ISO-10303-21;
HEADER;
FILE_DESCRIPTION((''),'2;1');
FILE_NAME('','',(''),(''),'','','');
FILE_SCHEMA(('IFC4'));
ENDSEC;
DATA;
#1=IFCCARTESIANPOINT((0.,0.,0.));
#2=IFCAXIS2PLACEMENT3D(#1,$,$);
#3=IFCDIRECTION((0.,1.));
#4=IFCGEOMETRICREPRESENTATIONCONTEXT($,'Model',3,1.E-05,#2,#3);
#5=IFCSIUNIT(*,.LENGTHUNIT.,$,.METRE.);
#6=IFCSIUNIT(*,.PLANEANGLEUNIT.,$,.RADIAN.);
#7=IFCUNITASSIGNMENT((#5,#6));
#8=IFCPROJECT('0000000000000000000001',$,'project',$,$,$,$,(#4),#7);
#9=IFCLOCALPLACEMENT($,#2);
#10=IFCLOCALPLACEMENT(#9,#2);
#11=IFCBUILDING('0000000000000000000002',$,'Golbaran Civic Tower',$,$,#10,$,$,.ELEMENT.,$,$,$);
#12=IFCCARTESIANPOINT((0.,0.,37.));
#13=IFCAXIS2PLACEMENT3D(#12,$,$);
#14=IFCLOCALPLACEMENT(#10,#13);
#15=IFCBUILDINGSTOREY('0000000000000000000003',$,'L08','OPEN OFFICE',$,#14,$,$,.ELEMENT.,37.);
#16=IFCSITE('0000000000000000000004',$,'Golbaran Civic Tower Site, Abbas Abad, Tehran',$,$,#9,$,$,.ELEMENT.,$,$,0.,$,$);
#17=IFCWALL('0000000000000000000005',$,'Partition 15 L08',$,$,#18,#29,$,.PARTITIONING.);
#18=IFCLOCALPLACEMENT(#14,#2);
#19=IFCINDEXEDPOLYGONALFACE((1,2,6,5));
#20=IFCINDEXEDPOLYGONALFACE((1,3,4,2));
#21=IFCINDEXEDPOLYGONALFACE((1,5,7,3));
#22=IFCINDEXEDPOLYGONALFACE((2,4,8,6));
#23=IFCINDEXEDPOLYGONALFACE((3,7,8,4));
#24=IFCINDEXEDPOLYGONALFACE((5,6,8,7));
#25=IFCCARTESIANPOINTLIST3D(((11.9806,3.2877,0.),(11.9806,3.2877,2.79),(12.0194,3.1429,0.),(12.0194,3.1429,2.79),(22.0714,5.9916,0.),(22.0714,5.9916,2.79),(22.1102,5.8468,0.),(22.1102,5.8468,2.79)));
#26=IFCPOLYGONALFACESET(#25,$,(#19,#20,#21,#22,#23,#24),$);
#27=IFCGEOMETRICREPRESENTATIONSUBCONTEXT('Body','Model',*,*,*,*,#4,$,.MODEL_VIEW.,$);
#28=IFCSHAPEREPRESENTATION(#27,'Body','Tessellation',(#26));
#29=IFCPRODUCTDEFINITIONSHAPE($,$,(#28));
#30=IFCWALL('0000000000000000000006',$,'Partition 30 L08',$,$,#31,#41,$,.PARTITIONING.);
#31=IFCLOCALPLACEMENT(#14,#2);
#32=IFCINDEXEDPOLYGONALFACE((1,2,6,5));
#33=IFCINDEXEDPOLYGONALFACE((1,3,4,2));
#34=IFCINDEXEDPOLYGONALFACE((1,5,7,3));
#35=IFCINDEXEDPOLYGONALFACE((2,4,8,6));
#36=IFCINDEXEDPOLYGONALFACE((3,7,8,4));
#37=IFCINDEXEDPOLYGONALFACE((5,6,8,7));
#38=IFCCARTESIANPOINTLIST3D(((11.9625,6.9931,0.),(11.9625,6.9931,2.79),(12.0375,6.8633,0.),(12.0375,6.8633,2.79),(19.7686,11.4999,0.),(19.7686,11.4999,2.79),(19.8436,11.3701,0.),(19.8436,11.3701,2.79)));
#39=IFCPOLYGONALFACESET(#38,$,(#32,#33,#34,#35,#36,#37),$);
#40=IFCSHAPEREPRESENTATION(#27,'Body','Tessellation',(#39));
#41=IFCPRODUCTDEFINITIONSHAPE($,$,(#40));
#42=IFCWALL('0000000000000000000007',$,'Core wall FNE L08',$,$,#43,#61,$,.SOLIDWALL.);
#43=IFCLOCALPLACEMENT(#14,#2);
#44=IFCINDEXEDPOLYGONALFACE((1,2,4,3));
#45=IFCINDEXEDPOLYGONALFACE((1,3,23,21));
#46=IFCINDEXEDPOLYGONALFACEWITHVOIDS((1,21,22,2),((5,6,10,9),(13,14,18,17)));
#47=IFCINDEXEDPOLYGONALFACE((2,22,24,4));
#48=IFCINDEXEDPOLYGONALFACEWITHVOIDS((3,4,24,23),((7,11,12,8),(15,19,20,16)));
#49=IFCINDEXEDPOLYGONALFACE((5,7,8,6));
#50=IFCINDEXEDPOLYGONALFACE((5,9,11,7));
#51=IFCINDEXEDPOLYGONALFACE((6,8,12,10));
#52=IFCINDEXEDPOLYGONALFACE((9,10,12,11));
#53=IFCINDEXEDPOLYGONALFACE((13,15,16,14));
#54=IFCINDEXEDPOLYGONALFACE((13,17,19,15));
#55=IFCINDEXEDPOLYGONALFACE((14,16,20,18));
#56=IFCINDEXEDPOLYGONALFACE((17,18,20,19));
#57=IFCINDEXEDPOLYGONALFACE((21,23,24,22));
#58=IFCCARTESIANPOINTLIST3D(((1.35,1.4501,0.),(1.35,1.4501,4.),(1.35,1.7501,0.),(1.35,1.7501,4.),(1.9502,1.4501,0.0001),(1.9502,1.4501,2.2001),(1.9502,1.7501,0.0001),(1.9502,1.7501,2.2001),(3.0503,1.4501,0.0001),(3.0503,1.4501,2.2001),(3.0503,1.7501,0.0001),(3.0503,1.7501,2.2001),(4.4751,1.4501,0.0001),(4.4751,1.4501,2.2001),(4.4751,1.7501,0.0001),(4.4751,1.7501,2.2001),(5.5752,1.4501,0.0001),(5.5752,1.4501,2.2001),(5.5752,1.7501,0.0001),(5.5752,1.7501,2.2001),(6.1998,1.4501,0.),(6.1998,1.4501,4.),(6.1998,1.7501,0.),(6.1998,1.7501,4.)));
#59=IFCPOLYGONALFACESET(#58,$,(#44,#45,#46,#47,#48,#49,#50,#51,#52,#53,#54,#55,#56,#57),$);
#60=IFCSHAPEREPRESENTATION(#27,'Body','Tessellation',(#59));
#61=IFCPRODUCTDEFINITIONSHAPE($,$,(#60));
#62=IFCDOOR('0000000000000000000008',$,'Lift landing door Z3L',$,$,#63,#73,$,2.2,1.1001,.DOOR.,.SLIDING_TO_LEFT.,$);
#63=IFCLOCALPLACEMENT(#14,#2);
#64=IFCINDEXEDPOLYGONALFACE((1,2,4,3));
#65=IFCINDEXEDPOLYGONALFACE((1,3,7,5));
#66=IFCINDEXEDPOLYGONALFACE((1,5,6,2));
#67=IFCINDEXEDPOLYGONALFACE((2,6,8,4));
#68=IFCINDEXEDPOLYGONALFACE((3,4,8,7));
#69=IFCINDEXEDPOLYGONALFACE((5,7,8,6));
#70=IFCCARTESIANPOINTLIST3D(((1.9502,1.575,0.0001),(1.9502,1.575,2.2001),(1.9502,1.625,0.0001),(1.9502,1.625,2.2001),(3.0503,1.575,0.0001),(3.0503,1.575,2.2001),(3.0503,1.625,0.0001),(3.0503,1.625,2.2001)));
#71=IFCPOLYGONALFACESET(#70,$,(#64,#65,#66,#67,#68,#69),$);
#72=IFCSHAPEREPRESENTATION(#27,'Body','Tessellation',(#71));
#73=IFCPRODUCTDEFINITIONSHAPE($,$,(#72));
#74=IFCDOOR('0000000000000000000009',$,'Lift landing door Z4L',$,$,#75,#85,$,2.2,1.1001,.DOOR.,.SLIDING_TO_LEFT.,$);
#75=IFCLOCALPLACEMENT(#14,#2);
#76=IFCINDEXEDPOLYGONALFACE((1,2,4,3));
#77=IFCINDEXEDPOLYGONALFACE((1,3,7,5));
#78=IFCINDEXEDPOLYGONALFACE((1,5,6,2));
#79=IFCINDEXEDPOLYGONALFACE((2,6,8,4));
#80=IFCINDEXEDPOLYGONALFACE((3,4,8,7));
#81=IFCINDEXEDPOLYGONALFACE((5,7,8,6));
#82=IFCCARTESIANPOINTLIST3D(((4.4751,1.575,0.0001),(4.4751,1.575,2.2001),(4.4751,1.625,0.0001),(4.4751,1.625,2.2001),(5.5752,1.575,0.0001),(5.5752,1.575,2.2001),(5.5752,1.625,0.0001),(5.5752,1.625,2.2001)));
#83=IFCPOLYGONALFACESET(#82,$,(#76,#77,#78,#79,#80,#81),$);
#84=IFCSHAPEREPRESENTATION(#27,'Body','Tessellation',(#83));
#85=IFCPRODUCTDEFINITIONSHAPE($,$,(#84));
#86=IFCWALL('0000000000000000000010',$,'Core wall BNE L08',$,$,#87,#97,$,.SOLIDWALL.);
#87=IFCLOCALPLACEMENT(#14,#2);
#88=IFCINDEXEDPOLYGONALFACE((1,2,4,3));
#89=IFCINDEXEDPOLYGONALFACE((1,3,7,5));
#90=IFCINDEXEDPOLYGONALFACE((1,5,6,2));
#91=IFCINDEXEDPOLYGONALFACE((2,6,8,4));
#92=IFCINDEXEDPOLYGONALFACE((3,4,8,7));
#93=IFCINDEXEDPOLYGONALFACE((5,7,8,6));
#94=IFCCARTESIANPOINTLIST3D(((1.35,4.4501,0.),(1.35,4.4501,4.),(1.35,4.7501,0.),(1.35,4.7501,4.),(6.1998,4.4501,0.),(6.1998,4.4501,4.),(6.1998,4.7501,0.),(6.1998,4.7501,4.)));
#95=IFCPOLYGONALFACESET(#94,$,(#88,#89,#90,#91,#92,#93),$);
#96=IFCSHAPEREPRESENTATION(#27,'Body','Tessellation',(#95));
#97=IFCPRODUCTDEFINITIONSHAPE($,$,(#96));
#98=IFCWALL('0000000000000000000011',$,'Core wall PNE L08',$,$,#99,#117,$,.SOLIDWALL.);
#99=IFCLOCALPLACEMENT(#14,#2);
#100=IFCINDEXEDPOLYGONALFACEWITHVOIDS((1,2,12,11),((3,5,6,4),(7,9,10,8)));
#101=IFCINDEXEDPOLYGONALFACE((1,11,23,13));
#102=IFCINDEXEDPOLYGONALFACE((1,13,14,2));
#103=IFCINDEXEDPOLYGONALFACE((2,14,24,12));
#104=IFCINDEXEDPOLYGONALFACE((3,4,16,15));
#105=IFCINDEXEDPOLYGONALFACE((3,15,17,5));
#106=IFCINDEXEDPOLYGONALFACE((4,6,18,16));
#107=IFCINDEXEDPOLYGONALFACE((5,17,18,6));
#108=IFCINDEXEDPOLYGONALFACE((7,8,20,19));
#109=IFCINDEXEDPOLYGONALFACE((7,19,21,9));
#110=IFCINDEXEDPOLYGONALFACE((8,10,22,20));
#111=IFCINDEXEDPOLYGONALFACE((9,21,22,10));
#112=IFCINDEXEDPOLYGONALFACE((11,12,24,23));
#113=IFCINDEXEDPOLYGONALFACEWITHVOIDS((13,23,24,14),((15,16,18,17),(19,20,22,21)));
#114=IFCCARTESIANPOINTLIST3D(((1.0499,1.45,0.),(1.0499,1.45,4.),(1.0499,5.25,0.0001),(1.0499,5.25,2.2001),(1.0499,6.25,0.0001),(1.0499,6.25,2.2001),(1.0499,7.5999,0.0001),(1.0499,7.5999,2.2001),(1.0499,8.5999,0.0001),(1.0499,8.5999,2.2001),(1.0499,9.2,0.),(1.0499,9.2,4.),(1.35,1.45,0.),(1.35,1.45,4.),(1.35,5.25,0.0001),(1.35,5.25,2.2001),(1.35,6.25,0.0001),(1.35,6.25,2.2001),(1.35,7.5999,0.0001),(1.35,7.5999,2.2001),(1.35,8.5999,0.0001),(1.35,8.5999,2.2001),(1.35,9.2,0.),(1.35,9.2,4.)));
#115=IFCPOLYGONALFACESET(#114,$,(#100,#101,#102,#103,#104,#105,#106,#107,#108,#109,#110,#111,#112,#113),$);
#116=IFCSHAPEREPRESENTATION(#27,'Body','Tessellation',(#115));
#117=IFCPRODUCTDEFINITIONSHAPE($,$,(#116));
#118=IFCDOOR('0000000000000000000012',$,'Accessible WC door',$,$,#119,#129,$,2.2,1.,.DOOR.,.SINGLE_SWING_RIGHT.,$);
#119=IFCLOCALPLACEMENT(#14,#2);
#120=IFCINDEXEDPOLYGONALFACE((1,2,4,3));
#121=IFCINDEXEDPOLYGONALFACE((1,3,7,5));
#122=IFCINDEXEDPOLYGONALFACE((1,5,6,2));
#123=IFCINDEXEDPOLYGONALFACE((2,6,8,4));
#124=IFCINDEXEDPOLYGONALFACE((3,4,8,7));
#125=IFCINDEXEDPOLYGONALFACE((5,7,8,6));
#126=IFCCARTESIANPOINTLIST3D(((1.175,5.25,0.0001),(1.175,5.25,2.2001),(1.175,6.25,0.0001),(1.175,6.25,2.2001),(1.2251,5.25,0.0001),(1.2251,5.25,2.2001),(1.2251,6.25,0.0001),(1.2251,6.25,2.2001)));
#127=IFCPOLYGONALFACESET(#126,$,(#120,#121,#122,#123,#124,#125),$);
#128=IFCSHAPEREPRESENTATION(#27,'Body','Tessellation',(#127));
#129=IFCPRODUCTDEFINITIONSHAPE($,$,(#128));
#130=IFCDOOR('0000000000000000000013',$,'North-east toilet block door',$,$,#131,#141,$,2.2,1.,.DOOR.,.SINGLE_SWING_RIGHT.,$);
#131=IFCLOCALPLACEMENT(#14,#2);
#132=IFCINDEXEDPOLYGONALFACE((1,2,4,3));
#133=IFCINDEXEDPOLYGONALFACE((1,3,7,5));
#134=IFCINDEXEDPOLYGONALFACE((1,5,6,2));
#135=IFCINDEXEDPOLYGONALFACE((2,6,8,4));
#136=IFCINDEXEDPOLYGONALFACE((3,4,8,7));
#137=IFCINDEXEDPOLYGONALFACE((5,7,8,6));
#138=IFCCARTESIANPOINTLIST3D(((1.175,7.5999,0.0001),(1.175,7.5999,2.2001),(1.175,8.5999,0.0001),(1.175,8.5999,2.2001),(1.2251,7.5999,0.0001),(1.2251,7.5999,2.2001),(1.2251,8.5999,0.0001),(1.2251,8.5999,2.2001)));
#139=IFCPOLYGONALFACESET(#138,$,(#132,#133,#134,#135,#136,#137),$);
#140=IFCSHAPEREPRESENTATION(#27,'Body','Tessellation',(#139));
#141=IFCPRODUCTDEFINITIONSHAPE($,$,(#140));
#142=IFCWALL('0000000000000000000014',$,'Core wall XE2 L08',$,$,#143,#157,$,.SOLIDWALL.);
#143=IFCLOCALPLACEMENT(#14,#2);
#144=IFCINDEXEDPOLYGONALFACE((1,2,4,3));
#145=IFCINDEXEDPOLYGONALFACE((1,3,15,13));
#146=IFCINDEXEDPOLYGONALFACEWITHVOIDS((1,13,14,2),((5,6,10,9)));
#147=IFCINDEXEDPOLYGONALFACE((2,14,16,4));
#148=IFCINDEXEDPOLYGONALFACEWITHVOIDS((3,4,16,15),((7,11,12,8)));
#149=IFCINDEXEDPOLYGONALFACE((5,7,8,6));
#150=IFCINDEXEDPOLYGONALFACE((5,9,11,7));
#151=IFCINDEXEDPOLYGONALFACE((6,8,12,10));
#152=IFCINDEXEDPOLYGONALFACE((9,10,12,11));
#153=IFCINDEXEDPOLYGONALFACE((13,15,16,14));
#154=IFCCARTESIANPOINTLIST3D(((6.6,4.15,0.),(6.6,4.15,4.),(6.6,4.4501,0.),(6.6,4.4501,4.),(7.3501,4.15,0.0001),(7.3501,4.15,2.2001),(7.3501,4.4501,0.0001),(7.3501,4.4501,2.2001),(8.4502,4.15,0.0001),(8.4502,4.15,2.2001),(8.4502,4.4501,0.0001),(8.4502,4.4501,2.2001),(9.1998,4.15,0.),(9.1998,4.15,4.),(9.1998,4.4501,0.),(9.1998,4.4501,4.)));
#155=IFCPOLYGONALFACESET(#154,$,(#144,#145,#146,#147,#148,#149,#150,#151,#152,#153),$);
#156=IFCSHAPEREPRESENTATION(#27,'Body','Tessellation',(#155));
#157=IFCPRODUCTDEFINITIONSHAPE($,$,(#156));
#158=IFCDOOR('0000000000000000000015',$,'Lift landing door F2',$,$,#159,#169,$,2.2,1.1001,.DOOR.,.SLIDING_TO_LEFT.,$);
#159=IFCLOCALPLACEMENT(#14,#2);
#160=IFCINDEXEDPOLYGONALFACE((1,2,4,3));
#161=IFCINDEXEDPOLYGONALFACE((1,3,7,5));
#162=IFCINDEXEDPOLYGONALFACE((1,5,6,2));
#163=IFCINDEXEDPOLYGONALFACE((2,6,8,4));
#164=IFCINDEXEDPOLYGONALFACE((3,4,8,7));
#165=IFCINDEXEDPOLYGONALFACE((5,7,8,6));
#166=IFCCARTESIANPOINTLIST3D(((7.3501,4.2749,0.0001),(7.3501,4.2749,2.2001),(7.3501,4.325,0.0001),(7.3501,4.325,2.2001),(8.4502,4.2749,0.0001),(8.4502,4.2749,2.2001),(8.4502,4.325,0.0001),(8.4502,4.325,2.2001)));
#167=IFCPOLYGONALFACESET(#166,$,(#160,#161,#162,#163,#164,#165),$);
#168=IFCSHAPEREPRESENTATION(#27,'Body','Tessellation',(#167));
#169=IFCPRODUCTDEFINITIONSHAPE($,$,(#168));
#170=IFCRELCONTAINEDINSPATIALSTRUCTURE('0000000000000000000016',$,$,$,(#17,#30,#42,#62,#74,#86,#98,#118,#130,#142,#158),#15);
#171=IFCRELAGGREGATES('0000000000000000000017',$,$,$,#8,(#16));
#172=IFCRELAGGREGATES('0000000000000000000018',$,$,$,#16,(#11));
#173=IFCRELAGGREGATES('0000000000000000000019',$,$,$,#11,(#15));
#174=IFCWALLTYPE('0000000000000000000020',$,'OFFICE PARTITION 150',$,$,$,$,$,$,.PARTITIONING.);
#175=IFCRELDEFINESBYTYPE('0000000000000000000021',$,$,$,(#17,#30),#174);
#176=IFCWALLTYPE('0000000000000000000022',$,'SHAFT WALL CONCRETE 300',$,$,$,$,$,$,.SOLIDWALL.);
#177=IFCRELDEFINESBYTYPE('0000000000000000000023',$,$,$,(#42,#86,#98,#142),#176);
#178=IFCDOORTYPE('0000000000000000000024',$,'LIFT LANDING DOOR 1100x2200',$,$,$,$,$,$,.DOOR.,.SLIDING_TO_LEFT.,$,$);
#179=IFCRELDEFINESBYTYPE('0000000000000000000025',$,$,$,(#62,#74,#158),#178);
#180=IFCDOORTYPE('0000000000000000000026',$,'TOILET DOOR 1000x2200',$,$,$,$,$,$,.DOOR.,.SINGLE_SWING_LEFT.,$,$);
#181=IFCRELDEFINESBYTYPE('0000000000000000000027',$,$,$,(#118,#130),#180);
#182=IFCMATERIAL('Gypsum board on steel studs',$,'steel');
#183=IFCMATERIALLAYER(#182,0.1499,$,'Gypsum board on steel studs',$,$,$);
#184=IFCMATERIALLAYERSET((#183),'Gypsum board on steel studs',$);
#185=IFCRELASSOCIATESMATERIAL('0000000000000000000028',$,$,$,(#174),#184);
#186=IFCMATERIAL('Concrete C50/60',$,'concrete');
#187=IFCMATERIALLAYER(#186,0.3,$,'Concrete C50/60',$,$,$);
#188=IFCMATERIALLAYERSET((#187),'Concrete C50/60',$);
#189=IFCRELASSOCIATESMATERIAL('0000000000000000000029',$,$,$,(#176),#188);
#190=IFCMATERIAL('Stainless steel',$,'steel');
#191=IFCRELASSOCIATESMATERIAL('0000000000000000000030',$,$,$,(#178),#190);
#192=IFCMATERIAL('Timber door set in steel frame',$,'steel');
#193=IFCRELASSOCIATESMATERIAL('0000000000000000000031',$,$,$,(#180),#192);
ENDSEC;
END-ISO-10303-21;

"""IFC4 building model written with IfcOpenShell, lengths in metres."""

from ifc_helpers import new_model, si_unit, direction, frame, frame_2d, origin, place, context, subcontext, project, spatial, rectangle, extrude, material, layer, layer_set, type_object, element, fill, save


model = new_model("IFC4")

# Units and contexts
model_context = context("Model", 3, precision=1e-05, world=origin(), true_north=direction((0.0, 1.0)))
body_context = subcontext(model_context, "Body", "Model", "MODEL_VIEW")
ifc_project = project(units=[si_unit("LENGTHUNIT", "METRE"), si_unit("PLANEANGLEUNIT", "RADIAN")], contexts=[model_context])

# Site, building, storey
site_placement = place(None, origin())
site = spatial("IfcSite", under=ifc_project, at=site_placement, Name="Golbaran Civic Tower Site, Abbas Abad, Tehran", CompositionType="ELEMENT", RefElevation=0.0)
building_placement = place(site_placement, origin())
building = spatial("IfcBuilding", under=site, at=building_placement, Name="Golbaran Civic Tower", CompositionType="ELEMENT")
storey_placement = place(building_placement, frame((0.0, 0.0, 37.0)))
storey = spatial("IfcBuildingStorey", under=building, at=storey_placement, Name="L08", Description="OPEN OFFICE", CompositionType="ELEMENT", Elevation=37.0)

# Shared definitions
ifc_material_1 = material(Name="Timber door set in steel frame", Category="steel")

# Walls
ifc_material_2 = material(Name="Gypsum board on steel studs", Category="steel")
ifc_layer_1 = layer(ifc_material_2, 0.1499, Name="Gypsum board on steel studs")
ifc_layer_set_1 = layer_set([ifc_layer_1], Name="Gypsum board on steel studs")
wall_type_1 = type_object("IfcWallType", Name="OFFICE PARTITION 150", PredefinedType="PARTITIONING", material=ifc_layer_set_1)
wall_1_placement = place(storey_placement, frame((12.0, 3.2153, 0.0), z_axis=(0.0, 0.0, 1.0), x_axis=(0.965925, 0.258822, 0.0)))
element("IfcWall", 1, at=wall_1_placement, inside=storey, type_object=wall_type_1, Name="Partition 15 L08", PredefinedType="PARTITIONING", context=body_context, shape_type="SweptSolid", body=[
    extrude(rectangle(XDim=10.4468, YDim=0.1499, at=frame_2d((5.2234, 0.0))), origin(), (0.0, 0.0, 1.0), 2.79),
])
wall_2_placement = place(storey_placement, frame((12.0, 6.9282, 0.0), z_axis=(0.0, 0.0, 1.0), x_axis=(0.866028, 0.499996, 0.0)))
element("IfcWall", 2, at=wall_2_placement, inside=storey, type_object=wall_type_1, Name="Partition 30 L08", PredefinedType="PARTITIONING", context=body_context, shape_type="SweptSolid", body=[
    extrude(rectangle(XDim=9.0137, YDim=0.1499, at=frame_2d((4.5068, 0.0))), origin(), (0.0, 0.0, 1.0), 2.79),
])

# Wall, openings, doors
ifc_material_3 = material(Name="Concrete C50/60", Category="concrete")
ifc_layer_2 = layer(ifc_material_3, 0.3, Name="Concrete C50/60")
ifc_layer_set_2 = layer_set([ifc_layer_2], Name="Concrete C50/60")
wall_type_2 = type_object("IfcWallType", Name="SHAFT WALL CONCRETE 300", PredefinedType="SOLIDWALL", material=ifc_layer_set_2)
wall_3_placement = place(storey_placement, frame((1.3501, 1.6001, 0.0), z_axis=(0.0, 0.0, 1.0), x_axis=(1.0, 0.0, 0.0)))
wall_3 = element("IfcWall", 3, at=wall_3_placement, inside=storey, type_object=wall_type_2, Name="Core wall FNE L08", PredefinedType="SOLIDWALL", context=body_context, shape_type="SweptSolid", body=[
    extrude(rectangle(XDim=4.8499, YDim=0.3, at=frame_2d((2.4248, 0.0))), origin(), (0.0, 0.0, 1.0), 4.0),
])
opening_1_placement = place(wall_3_placement, frame((0.6001, 0.0, 0.0)))
opening_1 = element("IfcOpeningElement", 4, at=opening_1_placement, cuts=wall_3, PredefinedType="OPENING", context=body_context, shape_type="SweptSolid", body=[
    extrude(rectangle(XDim=1.1001, YDim=2.2, at=frame_2d((0.55, 1.1001))), frame((0.0, 0.1599, 0.0), z_axis=(0.0, -1.0, 0.0), x_axis=(1.0, 0.0, 0.0)), (0.0, 0.0, 1.0), 0.3201),
])
opening_2_placement = place(wall_3_placement, frame((3.125, 0.0, 0.0)))
opening_2 = element("IfcOpeningElement", 5, at=opening_2_placement, cuts=wall_3, PredefinedType="OPENING", context=body_context, shape_type="SweptSolid", body=[
    extrude(rectangle(XDim=1.1001, YDim=2.2, at=frame_2d((0.55, 1.1001))), frame((0.0, 0.1599, 0.0), z_axis=(0.0, -1.0, 0.0), x_axis=(1.0, 0.0, 0.0)), (0.0, 0.0, 1.0), 0.3201),
])
ifc_material_4 = material(Name="Stainless steel", Category="steel")
door_type_1 = type_object("IfcDoorType", Name="LIFT LANDING DOOR 1100x2200", OperationType="SLIDING_TO_LEFT", PredefinedType="DOOR", material=ifc_material_4)
door_1_placement = place(opening_1_placement, origin())
door_1 = element("IfcDoor", 6, at=door_1_placement, inside=storey, type_object=door_type_1, Name="Lift landing door Z3L", OperationType="SLIDING_TO_LEFT", OverallHeight=2.2, OverallWidth=1.1001, PredefinedType="DOOR", context=body_context, shape_type="SweptSolid", body=[
    extrude(rectangle(XDim=1.1001, YDim=2.2, at=frame_2d((0.55, 1.1001))), frame((0.0, 0.0249, 0.0), z_axis=(0.0, -1.0, 0.0), x_axis=(1.0, 0.0, 0.0)), (0.0, 0.0, 1.0), 0.05),
])
fill(opening_1, door_1)
door_2_placement = place(opening_2_placement, origin())
door_2 = element("IfcDoor", 7, at=door_2_placement, inside=storey, type_object=door_type_1, Name="Lift landing door Z4L", OperationType="SLIDING_TO_LEFT", OverallHeight=2.2, OverallWidth=1.1001, PredefinedType="DOOR", context=body_context, shape_type="SweptSolid", body=[
    extrude(rectangle(XDim=1.1001, YDim=2.2, at=frame_2d((0.55, 1.1001))), frame((0.0, 0.0249, 0.0), z_axis=(0.0, -1.0, 0.0), x_axis=(1.0, 0.0, 0.0)), (0.0, 0.0, 1.0), 0.05),
])
fill(opening_2, door_2)

# Wall
wall_4_placement = place(storey_placement, frame((1.3501, 4.6001, 0.0), z_axis=(0.0, 0.0, 1.0), x_axis=(1.0, 0.0, 0.0)))
element("IfcWall", 8, at=wall_4_placement, inside=storey, type_object=wall_type_2, Name="Core wall BNE L08", PredefinedType="SOLIDWALL", context=body_context, shape_type="SweptSolid", body=[
    extrude(rectangle(XDim=4.8499, YDim=0.3, at=frame_2d((2.4248, 0.0))), origin(), (0.0, 0.0, 1.0), 4.0),
])

# Wall, openings, doors
wall_5_placement = place(storey_placement, frame((1.2, 1.45, 0.0), z_axis=(0.0, 0.0, 1.0), x_axis=(0.0, 1.0, 0.0)))
wall_5 = element("IfcWall", 9, at=wall_5_placement, inside=storey, type_object=wall_type_2, Name="Core wall PNE L08", PredefinedType="SOLIDWALL", context=body_context, shape_type="SweptSolid", body=[
    extrude(rectangle(XDim=7.75, YDim=0.3, at=frame_2d((3.875, 0.0))), origin(), (0.0, 0.0, 1.0), 4.0),
])
opening_3_placement = place(wall_5_placement, frame((3.8, 0.0, 0.0)))
opening_3 = element("IfcOpeningElement", 10, at=opening_3_placement, cuts=wall_5, PredefinedType="OPENING", context=body_context, shape_type="SweptSolid", body=[
    extrude(rectangle(XDim=1.0, YDim=2.2, at=frame_2d((0.5, 1.1001))), frame((0.0, 0.1599, 0.0), z_axis=(0.0, -1.0, 0.0), x_axis=(1.0, 0.0, 0.0)), (0.0, 0.0, 1.0), 0.3201),
])
opening_4_placement = place(wall_5_placement, frame((6.1499, 0.0, 0.0)))
opening_4 = element("IfcOpeningElement", 11, at=opening_4_placement, cuts=wall_5, PredefinedType="OPENING", context=body_context, shape_type="SweptSolid", body=[
    extrude(rectangle(XDim=1.0, YDim=2.2, at=frame_2d((0.5, 1.1001))), frame((0.0, 0.1599, 0.0), z_axis=(0.0, -1.0, 0.0), x_axis=(1.0, 0.0, 0.0)), (0.0, 0.0, 1.0), 0.3201),
])
door_type_2 = type_object("IfcDoorType", Name="TOILET DOOR 1000x2200", OperationType="SINGLE_SWING_LEFT", PredefinedType="DOOR", material=ifc_material_1)
door_3_placement = place(opening_3_placement, origin())
door_3 = element("IfcDoor", 12, at=door_3_placement, inside=storey, type_object=door_type_2, Name="Accessible WC door", OperationType="SINGLE_SWING_RIGHT", OverallHeight=2.2, OverallWidth=1.0, PredefinedType="DOOR", context=body_context, shape_type="SweptSolid", body=[
    extrude(rectangle(XDim=1.0, YDim=2.2, at=frame_2d((0.5, 1.1001))), frame((0.0, 0.0249, 0.0), z_axis=(0.0, -1.0, 0.0), x_axis=(1.0, 0.0, 0.0)), (0.0, 0.0, 1.0), 0.05),
])
fill(opening_3, door_3)
door_4_placement = place(opening_4_placement, origin())
door_4 = element("IfcDoor", 13, at=door_4_placement, inside=storey, type_object=door_type_2, Name="North-east toilet block door", OperationType="SINGLE_SWING_RIGHT", OverallHeight=2.2, OverallWidth=1.0, PredefinedType="DOOR", context=body_context, shape_type="SweptSolid", body=[
    extrude(rectangle(XDim=1.0, YDim=2.2, at=frame_2d((0.5, 1.1001))), frame((0.0, 0.0249, 0.0), z_axis=(0.0, -1.0, 0.0), x_axis=(1.0, 0.0, 0.0)), (0.0, 0.0, 1.0), 0.05),
])
fill(opening_4, door_4)

# Wall, opening, door
wall_6_placement = place(storey_placement, frame((6.6001, 4.3, 0.0), z_axis=(0.0, 0.0, 1.0), x_axis=(1.0, 0.0, 0.0)))
wall_6 = element("IfcWall", 14, at=wall_6_placement, inside=storey, type_object=wall_type_2, Name="Core wall XE2 L08", PredefinedType="SOLIDWALL", context=body_context, shape_type="SweptSolid", body=[
    extrude(rectangle(XDim=2.5999, YDim=0.3, at=frame_2d((1.2998, 0.0))), origin(), (0.0, 0.0, 1.0), 4.0),
])
opening_5_placement = place(wall_6_placement, frame((0.75, 0.0, 0.0)))
opening_5 = element("IfcOpeningElement", 15, at=opening_5_placement, cuts=wall_6, PredefinedType="OPENING", context=body_context, shape_type="SweptSolid", body=[
    extrude(rectangle(XDim=1.1001, YDim=2.2, at=frame_2d((0.55, 1.1001))), frame((0.0, 0.1599, 0.0), z_axis=(0.0, -1.0, 0.0), x_axis=(1.0, 0.0, 0.0)), (0.0, 0.0, 1.0), 0.3201),
])
door_5_placement = place(opening_5_placement, origin())
door_5 = element("IfcDoor", 16, at=door_5_placement, inside=storey, type_object=door_type_1, Name="Lift landing door F2", OperationType="SLIDING_TO_LEFT", OverallHeight=2.2, OverallWidth=1.1001, PredefinedType="DOOR", context=body_context, shape_type="SweptSolid", body=[
    extrude(rectangle(XDim=1.1001, YDim=2.2, at=frame_2d((0.55, 1.1001))), frame((0.0, 0.0249, 0.0), z_axis=(0.0, -1.0, 0.0), x_axis=(1.0, 0.0, 0.0)), (0.0, 0.0, 1.0), 0.05),
])
fill(opening_5, door_5)

save(model, "model.ifc")
